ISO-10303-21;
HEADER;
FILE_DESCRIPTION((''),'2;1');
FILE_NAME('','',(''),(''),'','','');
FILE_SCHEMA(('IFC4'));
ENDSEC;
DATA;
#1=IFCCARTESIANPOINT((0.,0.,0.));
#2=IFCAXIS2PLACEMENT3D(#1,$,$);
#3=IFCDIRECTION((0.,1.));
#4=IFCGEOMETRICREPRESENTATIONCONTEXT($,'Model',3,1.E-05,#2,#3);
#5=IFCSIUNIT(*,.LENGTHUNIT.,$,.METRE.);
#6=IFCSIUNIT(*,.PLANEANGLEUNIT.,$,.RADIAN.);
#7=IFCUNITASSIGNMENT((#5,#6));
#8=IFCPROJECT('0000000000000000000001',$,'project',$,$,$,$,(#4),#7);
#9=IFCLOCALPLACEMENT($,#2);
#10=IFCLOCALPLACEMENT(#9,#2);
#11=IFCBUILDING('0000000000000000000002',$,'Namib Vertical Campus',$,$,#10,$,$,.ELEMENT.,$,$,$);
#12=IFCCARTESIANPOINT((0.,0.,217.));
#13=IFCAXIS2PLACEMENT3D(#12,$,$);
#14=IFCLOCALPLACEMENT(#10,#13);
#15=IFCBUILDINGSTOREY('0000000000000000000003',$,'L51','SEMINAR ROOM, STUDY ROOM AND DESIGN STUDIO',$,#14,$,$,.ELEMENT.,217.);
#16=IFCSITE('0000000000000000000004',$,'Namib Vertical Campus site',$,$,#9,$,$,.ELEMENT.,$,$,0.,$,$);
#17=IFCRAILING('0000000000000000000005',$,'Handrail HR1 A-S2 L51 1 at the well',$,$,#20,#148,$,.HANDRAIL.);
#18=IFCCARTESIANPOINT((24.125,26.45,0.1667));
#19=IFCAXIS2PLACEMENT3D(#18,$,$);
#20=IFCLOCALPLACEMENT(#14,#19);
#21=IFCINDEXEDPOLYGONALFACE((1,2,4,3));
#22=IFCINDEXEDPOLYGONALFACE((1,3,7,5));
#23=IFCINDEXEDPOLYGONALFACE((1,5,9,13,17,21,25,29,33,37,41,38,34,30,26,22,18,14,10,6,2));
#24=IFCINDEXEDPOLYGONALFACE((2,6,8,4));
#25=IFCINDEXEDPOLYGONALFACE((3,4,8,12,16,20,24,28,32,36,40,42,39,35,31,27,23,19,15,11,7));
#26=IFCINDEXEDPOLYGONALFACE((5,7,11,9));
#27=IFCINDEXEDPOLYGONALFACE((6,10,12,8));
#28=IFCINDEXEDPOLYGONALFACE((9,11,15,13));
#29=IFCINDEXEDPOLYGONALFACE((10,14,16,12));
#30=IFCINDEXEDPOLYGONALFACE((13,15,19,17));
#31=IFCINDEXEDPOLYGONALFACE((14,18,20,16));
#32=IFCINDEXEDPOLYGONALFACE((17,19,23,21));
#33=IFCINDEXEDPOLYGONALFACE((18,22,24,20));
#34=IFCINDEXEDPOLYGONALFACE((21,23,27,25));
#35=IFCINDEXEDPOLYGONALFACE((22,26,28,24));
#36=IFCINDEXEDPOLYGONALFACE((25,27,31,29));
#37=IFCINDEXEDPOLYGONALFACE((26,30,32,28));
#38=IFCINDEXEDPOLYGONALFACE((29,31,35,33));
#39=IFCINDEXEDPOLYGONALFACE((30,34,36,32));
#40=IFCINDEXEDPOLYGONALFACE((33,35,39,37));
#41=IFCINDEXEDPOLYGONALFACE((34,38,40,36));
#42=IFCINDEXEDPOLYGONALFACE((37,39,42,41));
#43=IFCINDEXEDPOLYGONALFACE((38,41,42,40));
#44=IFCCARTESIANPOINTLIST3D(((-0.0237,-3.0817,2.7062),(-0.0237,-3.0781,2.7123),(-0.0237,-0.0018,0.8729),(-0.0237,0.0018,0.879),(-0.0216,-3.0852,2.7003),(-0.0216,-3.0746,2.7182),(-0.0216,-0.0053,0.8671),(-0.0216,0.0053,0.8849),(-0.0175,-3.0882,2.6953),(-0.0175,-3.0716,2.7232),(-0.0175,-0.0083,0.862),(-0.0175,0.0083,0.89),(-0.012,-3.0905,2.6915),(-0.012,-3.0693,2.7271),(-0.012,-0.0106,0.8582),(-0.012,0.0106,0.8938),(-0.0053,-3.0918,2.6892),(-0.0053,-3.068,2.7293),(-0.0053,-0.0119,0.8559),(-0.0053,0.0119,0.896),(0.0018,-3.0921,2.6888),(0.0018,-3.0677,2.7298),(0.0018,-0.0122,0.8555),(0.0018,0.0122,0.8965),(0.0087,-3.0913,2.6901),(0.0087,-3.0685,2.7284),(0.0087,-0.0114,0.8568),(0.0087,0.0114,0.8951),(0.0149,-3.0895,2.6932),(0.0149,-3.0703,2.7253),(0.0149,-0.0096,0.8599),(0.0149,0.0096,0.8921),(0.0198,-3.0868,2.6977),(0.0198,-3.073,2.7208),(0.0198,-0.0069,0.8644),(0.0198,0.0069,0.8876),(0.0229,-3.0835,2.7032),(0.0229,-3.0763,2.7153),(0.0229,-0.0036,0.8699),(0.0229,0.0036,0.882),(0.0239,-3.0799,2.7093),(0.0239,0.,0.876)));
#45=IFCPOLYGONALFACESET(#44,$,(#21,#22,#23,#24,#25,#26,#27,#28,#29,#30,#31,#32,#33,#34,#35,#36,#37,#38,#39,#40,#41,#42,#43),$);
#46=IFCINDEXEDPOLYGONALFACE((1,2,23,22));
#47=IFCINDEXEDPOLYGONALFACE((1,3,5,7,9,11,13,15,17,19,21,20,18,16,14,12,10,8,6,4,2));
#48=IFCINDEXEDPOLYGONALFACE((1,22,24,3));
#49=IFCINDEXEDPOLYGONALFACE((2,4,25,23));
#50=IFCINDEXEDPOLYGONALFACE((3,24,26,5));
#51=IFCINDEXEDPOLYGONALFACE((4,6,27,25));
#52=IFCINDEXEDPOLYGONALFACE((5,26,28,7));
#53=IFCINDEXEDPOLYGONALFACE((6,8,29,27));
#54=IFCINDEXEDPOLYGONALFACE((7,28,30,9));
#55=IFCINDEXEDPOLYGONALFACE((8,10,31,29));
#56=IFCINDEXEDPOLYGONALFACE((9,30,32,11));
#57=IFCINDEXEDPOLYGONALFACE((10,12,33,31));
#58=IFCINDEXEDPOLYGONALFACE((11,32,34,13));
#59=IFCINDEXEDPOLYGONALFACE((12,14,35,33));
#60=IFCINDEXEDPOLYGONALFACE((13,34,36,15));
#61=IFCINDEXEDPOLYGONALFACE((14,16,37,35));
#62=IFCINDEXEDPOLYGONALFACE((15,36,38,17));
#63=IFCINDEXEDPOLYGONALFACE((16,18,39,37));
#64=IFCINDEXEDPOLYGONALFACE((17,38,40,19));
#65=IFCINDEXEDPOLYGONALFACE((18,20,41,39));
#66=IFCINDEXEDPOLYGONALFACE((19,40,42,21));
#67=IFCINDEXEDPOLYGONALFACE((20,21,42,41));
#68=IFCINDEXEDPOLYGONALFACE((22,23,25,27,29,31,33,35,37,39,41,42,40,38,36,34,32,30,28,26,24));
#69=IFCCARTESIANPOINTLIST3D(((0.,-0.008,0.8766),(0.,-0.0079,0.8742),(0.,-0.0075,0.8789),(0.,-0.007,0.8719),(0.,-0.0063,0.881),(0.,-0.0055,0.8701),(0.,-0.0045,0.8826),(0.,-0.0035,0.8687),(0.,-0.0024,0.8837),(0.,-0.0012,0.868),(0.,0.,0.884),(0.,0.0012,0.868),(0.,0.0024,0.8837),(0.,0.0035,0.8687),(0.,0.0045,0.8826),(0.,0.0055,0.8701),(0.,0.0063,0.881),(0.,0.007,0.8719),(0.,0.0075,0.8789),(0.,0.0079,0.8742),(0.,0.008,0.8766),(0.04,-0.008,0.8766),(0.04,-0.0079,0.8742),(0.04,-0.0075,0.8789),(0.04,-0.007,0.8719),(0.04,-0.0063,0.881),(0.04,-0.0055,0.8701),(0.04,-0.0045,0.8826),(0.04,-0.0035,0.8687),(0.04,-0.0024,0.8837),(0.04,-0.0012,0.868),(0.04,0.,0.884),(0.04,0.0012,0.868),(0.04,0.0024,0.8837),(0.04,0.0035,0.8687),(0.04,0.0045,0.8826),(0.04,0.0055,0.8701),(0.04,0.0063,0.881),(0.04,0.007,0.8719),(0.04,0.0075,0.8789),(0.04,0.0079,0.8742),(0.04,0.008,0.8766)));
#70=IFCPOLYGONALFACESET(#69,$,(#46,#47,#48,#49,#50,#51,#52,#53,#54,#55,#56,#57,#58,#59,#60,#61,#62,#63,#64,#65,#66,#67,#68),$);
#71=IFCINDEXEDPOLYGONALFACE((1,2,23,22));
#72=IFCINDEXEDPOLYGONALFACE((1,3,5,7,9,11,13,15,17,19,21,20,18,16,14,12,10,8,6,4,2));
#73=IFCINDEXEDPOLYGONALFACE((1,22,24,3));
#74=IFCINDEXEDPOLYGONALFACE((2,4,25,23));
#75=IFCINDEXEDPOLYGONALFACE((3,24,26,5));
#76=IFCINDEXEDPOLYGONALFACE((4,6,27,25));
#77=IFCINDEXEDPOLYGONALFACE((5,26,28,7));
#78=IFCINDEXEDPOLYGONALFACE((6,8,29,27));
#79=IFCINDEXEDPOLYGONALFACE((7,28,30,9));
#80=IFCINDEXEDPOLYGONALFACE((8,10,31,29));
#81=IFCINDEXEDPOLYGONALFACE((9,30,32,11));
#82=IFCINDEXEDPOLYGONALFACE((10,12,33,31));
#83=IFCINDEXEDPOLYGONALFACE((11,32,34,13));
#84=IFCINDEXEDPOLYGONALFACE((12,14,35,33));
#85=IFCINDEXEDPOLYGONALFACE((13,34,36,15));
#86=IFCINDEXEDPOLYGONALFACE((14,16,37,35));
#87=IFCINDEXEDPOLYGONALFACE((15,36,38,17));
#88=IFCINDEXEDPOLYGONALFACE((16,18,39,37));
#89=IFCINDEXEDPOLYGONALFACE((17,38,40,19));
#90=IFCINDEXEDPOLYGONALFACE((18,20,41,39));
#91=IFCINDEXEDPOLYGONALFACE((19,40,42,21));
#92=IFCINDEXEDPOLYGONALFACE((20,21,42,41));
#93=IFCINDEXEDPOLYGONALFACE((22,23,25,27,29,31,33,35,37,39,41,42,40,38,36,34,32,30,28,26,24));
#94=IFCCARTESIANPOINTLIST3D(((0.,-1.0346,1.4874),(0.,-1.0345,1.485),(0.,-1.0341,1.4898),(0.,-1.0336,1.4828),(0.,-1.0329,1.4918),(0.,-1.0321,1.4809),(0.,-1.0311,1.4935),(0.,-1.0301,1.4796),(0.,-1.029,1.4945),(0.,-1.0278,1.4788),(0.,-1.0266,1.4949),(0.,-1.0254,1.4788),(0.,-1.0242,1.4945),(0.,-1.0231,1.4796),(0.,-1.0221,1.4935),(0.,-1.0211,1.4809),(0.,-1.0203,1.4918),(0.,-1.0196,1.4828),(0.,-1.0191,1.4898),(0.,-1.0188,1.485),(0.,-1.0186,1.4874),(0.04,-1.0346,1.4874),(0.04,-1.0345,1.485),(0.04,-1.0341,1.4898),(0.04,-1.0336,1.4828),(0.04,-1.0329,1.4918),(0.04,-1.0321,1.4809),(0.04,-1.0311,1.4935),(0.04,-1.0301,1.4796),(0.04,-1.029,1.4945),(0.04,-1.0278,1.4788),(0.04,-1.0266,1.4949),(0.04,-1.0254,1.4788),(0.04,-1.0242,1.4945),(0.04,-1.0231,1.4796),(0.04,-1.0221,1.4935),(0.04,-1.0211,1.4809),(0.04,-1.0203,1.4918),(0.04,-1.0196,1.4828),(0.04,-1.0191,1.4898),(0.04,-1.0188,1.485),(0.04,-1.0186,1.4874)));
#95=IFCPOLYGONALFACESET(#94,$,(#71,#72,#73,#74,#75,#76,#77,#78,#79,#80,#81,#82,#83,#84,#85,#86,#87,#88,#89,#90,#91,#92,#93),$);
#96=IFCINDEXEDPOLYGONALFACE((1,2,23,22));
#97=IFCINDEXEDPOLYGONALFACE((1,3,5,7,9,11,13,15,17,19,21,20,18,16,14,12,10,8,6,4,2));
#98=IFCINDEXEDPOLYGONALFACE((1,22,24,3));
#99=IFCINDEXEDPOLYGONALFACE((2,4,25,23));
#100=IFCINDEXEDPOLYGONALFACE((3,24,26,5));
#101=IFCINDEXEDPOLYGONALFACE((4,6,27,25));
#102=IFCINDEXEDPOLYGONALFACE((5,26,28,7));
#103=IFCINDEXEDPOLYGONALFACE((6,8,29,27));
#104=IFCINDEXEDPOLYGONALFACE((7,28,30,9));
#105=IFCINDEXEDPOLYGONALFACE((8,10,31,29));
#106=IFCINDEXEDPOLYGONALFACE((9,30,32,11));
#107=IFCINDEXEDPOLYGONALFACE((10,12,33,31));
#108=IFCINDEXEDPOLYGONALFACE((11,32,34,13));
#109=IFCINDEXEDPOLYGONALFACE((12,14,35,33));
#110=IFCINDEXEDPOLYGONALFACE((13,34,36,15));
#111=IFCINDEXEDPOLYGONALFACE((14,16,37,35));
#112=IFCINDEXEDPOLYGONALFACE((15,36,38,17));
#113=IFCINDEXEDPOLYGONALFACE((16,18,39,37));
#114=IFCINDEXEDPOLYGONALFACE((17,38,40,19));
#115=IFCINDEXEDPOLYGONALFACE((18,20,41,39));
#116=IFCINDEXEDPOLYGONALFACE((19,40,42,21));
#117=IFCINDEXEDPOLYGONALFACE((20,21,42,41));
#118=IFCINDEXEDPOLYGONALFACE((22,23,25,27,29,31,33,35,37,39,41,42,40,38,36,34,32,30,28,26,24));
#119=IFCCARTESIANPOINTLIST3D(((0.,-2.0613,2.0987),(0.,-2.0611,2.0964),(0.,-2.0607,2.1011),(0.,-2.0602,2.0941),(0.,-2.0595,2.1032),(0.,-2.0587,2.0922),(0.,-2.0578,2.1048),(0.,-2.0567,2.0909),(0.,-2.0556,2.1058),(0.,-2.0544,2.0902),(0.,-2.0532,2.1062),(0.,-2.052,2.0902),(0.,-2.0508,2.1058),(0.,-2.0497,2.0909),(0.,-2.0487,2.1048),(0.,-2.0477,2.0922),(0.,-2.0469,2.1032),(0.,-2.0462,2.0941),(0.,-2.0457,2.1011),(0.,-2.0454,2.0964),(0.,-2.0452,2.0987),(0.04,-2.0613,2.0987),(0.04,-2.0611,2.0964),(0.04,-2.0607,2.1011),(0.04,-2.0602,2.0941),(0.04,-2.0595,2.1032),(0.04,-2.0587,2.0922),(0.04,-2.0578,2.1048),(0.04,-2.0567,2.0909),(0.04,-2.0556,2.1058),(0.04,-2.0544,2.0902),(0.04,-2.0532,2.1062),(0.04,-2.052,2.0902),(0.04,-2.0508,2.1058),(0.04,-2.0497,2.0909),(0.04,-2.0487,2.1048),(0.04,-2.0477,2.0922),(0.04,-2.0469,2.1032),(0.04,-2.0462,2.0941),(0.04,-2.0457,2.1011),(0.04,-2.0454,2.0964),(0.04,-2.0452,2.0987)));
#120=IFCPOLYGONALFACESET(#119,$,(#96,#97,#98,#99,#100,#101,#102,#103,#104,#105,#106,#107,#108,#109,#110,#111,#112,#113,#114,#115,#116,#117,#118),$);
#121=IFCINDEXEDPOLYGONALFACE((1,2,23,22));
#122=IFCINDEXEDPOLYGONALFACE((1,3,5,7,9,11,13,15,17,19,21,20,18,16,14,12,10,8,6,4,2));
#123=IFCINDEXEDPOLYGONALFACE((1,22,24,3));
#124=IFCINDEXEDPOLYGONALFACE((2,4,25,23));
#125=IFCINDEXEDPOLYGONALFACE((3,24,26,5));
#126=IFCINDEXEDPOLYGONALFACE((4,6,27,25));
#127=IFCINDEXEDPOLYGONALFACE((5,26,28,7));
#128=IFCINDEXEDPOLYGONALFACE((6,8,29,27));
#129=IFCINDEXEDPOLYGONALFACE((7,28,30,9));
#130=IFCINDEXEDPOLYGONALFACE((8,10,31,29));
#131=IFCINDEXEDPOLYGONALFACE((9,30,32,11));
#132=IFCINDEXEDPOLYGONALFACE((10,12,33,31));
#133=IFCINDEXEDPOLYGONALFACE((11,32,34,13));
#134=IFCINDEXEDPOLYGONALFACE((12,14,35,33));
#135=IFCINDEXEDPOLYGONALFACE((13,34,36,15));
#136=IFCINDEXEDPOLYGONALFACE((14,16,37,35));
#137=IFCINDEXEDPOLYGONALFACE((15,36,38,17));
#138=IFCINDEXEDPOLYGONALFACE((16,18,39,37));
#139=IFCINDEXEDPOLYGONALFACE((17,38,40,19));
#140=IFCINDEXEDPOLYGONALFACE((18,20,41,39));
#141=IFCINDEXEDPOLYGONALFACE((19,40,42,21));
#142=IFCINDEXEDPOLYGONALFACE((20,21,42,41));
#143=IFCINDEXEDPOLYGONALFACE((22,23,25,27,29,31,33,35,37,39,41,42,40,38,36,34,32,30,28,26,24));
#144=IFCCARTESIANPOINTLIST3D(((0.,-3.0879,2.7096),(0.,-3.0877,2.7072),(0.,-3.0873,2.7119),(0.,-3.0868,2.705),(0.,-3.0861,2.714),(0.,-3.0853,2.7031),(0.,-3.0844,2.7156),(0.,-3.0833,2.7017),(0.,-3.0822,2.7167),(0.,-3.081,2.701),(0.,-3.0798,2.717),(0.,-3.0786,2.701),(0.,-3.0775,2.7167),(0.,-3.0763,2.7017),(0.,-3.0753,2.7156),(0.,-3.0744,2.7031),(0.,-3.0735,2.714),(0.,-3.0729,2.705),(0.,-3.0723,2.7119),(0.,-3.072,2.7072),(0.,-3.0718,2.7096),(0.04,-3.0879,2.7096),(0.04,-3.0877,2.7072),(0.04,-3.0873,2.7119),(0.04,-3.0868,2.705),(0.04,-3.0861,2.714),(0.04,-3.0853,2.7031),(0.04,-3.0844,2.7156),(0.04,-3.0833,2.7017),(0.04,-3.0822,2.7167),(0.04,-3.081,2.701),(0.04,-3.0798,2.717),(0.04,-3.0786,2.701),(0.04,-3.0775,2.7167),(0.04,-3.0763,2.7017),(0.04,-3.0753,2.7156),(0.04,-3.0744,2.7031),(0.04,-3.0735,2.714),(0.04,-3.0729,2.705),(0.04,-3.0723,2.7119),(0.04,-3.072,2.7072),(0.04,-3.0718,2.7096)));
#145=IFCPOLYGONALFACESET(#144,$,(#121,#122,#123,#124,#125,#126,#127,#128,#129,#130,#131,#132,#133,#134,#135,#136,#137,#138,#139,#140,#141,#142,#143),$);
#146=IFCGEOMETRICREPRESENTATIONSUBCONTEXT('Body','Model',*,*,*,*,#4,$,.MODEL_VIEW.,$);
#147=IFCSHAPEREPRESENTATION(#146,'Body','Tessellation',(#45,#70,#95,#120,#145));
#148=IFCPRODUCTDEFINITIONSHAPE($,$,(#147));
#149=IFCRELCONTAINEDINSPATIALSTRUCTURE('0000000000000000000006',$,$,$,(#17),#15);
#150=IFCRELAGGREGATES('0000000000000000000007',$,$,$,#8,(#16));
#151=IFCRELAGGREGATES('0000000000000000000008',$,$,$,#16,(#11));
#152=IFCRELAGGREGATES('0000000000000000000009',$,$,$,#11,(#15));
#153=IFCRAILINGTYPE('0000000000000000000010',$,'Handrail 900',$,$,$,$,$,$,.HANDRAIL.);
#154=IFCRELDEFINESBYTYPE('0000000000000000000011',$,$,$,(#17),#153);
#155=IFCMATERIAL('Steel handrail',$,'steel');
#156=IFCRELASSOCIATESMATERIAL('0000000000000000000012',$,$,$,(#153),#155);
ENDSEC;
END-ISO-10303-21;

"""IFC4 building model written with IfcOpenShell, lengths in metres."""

from ifc_helpers import new_model, si_unit, direction, frame, origin, origin_2d, place, context, subcontext, project, spatial, circle, extrude, material, type_object, element, save


model = new_model("IFC4")

# Units and contexts
model_context = context("Model", 3, precision=1e-05, world=origin(), true_north=direction((0.0, 1.0)))
body_context = subcontext(model_context, "Body", "Model", "MODEL_VIEW")
ifc_project = project(units=[si_unit("LENGTHUNIT", "METRE"), si_unit("PLANEANGLEUNIT", "RADIAN")], contexts=[model_context])

# Site, building, storey
site_placement = place(None, origin())
site = spatial("IfcSite", under=ifc_project, at=site_placement, Name="Namib Vertical Campus site", CompositionType="ELEMENT", RefElevation=0.0)
building_placement = place(site_placement, origin())
building = spatial("IfcBuilding", under=site, at=building_placement, Name="Namib Vertical Campus", CompositionType="ELEMENT")
storey_placement = place(building_placement, frame((0.0, 0.0, 217.0)))
storey = spatial("IfcBuildingStorey", under=building, at=storey_placement, Name="L51", Description="SEMINAR ROOM, STUDY ROOM AND DESIGN STUDIO", CompositionType="ELEMENT", Elevation=217.0)

# Railing
ifc_material_1 = material(Name="Steel handrail", Category="steel")
railing_type_1 = type_object("IfcRailingType", Name="Handrail 900", PredefinedType="HANDRAIL", material=ifc_material_1)
railing_1_placement = place(storey_placement, frame((24.125, 26.45, 0.1667)))
element("IfcRailing", 1, at=railing_1_placement, inside=storey, type_object=railing_type_1, Name="Handrail HR1 A-S2 L51 1 at the well", PredefinedType="HANDRAIL", context=body_context, shape_type="SweptSolid", body=[
    extrude(circle(Radius=0.0239, at=origin_2d()), frame((0.0, 0.0, 0.876), z_axis=(0.0, -0.859291, 0.511487), x_axis=(1.0, 0.0, 0.0)), (0.0, 0.0, 1.0), 3.5842),
    extrude(circle(Radius=0.0081, at=origin_2d()), frame((0.0, 0.0, 0.876), z_axis=(1.0, 0.0, 0.0), x_axis=(0.0, 0.0, 1.0)), (0.0, 0.0, 1.0), 0.04),
    extrude(circle(Radius=0.0081, at=origin_2d()), frame((0.0, -1.0266, 1.4868), z_axis=(1.0, 0.0, 0.0), x_axis=(0.0, 0.0, 1.0)), (0.0, 0.0, 1.0), 0.04),
    extrude(circle(Radius=0.0081, at=origin_2d()), frame((0.0, -2.0532, 2.0981), z_axis=(1.0, 0.0, 0.0), x_axis=(0.0, 0.0, 1.0)), (0.0, 0.0, 1.0), 0.04),
    extrude(circle(Radius=0.0081, at=origin_2d()), frame((0.0, -3.0798, 2.709), z_axis=(1.0, 0.0, 0.0), x_axis=(0.0, 0.0, 1.0)), (0.0, 0.0, 1.0), 0.04),
])

save(model, "model.ifc")
